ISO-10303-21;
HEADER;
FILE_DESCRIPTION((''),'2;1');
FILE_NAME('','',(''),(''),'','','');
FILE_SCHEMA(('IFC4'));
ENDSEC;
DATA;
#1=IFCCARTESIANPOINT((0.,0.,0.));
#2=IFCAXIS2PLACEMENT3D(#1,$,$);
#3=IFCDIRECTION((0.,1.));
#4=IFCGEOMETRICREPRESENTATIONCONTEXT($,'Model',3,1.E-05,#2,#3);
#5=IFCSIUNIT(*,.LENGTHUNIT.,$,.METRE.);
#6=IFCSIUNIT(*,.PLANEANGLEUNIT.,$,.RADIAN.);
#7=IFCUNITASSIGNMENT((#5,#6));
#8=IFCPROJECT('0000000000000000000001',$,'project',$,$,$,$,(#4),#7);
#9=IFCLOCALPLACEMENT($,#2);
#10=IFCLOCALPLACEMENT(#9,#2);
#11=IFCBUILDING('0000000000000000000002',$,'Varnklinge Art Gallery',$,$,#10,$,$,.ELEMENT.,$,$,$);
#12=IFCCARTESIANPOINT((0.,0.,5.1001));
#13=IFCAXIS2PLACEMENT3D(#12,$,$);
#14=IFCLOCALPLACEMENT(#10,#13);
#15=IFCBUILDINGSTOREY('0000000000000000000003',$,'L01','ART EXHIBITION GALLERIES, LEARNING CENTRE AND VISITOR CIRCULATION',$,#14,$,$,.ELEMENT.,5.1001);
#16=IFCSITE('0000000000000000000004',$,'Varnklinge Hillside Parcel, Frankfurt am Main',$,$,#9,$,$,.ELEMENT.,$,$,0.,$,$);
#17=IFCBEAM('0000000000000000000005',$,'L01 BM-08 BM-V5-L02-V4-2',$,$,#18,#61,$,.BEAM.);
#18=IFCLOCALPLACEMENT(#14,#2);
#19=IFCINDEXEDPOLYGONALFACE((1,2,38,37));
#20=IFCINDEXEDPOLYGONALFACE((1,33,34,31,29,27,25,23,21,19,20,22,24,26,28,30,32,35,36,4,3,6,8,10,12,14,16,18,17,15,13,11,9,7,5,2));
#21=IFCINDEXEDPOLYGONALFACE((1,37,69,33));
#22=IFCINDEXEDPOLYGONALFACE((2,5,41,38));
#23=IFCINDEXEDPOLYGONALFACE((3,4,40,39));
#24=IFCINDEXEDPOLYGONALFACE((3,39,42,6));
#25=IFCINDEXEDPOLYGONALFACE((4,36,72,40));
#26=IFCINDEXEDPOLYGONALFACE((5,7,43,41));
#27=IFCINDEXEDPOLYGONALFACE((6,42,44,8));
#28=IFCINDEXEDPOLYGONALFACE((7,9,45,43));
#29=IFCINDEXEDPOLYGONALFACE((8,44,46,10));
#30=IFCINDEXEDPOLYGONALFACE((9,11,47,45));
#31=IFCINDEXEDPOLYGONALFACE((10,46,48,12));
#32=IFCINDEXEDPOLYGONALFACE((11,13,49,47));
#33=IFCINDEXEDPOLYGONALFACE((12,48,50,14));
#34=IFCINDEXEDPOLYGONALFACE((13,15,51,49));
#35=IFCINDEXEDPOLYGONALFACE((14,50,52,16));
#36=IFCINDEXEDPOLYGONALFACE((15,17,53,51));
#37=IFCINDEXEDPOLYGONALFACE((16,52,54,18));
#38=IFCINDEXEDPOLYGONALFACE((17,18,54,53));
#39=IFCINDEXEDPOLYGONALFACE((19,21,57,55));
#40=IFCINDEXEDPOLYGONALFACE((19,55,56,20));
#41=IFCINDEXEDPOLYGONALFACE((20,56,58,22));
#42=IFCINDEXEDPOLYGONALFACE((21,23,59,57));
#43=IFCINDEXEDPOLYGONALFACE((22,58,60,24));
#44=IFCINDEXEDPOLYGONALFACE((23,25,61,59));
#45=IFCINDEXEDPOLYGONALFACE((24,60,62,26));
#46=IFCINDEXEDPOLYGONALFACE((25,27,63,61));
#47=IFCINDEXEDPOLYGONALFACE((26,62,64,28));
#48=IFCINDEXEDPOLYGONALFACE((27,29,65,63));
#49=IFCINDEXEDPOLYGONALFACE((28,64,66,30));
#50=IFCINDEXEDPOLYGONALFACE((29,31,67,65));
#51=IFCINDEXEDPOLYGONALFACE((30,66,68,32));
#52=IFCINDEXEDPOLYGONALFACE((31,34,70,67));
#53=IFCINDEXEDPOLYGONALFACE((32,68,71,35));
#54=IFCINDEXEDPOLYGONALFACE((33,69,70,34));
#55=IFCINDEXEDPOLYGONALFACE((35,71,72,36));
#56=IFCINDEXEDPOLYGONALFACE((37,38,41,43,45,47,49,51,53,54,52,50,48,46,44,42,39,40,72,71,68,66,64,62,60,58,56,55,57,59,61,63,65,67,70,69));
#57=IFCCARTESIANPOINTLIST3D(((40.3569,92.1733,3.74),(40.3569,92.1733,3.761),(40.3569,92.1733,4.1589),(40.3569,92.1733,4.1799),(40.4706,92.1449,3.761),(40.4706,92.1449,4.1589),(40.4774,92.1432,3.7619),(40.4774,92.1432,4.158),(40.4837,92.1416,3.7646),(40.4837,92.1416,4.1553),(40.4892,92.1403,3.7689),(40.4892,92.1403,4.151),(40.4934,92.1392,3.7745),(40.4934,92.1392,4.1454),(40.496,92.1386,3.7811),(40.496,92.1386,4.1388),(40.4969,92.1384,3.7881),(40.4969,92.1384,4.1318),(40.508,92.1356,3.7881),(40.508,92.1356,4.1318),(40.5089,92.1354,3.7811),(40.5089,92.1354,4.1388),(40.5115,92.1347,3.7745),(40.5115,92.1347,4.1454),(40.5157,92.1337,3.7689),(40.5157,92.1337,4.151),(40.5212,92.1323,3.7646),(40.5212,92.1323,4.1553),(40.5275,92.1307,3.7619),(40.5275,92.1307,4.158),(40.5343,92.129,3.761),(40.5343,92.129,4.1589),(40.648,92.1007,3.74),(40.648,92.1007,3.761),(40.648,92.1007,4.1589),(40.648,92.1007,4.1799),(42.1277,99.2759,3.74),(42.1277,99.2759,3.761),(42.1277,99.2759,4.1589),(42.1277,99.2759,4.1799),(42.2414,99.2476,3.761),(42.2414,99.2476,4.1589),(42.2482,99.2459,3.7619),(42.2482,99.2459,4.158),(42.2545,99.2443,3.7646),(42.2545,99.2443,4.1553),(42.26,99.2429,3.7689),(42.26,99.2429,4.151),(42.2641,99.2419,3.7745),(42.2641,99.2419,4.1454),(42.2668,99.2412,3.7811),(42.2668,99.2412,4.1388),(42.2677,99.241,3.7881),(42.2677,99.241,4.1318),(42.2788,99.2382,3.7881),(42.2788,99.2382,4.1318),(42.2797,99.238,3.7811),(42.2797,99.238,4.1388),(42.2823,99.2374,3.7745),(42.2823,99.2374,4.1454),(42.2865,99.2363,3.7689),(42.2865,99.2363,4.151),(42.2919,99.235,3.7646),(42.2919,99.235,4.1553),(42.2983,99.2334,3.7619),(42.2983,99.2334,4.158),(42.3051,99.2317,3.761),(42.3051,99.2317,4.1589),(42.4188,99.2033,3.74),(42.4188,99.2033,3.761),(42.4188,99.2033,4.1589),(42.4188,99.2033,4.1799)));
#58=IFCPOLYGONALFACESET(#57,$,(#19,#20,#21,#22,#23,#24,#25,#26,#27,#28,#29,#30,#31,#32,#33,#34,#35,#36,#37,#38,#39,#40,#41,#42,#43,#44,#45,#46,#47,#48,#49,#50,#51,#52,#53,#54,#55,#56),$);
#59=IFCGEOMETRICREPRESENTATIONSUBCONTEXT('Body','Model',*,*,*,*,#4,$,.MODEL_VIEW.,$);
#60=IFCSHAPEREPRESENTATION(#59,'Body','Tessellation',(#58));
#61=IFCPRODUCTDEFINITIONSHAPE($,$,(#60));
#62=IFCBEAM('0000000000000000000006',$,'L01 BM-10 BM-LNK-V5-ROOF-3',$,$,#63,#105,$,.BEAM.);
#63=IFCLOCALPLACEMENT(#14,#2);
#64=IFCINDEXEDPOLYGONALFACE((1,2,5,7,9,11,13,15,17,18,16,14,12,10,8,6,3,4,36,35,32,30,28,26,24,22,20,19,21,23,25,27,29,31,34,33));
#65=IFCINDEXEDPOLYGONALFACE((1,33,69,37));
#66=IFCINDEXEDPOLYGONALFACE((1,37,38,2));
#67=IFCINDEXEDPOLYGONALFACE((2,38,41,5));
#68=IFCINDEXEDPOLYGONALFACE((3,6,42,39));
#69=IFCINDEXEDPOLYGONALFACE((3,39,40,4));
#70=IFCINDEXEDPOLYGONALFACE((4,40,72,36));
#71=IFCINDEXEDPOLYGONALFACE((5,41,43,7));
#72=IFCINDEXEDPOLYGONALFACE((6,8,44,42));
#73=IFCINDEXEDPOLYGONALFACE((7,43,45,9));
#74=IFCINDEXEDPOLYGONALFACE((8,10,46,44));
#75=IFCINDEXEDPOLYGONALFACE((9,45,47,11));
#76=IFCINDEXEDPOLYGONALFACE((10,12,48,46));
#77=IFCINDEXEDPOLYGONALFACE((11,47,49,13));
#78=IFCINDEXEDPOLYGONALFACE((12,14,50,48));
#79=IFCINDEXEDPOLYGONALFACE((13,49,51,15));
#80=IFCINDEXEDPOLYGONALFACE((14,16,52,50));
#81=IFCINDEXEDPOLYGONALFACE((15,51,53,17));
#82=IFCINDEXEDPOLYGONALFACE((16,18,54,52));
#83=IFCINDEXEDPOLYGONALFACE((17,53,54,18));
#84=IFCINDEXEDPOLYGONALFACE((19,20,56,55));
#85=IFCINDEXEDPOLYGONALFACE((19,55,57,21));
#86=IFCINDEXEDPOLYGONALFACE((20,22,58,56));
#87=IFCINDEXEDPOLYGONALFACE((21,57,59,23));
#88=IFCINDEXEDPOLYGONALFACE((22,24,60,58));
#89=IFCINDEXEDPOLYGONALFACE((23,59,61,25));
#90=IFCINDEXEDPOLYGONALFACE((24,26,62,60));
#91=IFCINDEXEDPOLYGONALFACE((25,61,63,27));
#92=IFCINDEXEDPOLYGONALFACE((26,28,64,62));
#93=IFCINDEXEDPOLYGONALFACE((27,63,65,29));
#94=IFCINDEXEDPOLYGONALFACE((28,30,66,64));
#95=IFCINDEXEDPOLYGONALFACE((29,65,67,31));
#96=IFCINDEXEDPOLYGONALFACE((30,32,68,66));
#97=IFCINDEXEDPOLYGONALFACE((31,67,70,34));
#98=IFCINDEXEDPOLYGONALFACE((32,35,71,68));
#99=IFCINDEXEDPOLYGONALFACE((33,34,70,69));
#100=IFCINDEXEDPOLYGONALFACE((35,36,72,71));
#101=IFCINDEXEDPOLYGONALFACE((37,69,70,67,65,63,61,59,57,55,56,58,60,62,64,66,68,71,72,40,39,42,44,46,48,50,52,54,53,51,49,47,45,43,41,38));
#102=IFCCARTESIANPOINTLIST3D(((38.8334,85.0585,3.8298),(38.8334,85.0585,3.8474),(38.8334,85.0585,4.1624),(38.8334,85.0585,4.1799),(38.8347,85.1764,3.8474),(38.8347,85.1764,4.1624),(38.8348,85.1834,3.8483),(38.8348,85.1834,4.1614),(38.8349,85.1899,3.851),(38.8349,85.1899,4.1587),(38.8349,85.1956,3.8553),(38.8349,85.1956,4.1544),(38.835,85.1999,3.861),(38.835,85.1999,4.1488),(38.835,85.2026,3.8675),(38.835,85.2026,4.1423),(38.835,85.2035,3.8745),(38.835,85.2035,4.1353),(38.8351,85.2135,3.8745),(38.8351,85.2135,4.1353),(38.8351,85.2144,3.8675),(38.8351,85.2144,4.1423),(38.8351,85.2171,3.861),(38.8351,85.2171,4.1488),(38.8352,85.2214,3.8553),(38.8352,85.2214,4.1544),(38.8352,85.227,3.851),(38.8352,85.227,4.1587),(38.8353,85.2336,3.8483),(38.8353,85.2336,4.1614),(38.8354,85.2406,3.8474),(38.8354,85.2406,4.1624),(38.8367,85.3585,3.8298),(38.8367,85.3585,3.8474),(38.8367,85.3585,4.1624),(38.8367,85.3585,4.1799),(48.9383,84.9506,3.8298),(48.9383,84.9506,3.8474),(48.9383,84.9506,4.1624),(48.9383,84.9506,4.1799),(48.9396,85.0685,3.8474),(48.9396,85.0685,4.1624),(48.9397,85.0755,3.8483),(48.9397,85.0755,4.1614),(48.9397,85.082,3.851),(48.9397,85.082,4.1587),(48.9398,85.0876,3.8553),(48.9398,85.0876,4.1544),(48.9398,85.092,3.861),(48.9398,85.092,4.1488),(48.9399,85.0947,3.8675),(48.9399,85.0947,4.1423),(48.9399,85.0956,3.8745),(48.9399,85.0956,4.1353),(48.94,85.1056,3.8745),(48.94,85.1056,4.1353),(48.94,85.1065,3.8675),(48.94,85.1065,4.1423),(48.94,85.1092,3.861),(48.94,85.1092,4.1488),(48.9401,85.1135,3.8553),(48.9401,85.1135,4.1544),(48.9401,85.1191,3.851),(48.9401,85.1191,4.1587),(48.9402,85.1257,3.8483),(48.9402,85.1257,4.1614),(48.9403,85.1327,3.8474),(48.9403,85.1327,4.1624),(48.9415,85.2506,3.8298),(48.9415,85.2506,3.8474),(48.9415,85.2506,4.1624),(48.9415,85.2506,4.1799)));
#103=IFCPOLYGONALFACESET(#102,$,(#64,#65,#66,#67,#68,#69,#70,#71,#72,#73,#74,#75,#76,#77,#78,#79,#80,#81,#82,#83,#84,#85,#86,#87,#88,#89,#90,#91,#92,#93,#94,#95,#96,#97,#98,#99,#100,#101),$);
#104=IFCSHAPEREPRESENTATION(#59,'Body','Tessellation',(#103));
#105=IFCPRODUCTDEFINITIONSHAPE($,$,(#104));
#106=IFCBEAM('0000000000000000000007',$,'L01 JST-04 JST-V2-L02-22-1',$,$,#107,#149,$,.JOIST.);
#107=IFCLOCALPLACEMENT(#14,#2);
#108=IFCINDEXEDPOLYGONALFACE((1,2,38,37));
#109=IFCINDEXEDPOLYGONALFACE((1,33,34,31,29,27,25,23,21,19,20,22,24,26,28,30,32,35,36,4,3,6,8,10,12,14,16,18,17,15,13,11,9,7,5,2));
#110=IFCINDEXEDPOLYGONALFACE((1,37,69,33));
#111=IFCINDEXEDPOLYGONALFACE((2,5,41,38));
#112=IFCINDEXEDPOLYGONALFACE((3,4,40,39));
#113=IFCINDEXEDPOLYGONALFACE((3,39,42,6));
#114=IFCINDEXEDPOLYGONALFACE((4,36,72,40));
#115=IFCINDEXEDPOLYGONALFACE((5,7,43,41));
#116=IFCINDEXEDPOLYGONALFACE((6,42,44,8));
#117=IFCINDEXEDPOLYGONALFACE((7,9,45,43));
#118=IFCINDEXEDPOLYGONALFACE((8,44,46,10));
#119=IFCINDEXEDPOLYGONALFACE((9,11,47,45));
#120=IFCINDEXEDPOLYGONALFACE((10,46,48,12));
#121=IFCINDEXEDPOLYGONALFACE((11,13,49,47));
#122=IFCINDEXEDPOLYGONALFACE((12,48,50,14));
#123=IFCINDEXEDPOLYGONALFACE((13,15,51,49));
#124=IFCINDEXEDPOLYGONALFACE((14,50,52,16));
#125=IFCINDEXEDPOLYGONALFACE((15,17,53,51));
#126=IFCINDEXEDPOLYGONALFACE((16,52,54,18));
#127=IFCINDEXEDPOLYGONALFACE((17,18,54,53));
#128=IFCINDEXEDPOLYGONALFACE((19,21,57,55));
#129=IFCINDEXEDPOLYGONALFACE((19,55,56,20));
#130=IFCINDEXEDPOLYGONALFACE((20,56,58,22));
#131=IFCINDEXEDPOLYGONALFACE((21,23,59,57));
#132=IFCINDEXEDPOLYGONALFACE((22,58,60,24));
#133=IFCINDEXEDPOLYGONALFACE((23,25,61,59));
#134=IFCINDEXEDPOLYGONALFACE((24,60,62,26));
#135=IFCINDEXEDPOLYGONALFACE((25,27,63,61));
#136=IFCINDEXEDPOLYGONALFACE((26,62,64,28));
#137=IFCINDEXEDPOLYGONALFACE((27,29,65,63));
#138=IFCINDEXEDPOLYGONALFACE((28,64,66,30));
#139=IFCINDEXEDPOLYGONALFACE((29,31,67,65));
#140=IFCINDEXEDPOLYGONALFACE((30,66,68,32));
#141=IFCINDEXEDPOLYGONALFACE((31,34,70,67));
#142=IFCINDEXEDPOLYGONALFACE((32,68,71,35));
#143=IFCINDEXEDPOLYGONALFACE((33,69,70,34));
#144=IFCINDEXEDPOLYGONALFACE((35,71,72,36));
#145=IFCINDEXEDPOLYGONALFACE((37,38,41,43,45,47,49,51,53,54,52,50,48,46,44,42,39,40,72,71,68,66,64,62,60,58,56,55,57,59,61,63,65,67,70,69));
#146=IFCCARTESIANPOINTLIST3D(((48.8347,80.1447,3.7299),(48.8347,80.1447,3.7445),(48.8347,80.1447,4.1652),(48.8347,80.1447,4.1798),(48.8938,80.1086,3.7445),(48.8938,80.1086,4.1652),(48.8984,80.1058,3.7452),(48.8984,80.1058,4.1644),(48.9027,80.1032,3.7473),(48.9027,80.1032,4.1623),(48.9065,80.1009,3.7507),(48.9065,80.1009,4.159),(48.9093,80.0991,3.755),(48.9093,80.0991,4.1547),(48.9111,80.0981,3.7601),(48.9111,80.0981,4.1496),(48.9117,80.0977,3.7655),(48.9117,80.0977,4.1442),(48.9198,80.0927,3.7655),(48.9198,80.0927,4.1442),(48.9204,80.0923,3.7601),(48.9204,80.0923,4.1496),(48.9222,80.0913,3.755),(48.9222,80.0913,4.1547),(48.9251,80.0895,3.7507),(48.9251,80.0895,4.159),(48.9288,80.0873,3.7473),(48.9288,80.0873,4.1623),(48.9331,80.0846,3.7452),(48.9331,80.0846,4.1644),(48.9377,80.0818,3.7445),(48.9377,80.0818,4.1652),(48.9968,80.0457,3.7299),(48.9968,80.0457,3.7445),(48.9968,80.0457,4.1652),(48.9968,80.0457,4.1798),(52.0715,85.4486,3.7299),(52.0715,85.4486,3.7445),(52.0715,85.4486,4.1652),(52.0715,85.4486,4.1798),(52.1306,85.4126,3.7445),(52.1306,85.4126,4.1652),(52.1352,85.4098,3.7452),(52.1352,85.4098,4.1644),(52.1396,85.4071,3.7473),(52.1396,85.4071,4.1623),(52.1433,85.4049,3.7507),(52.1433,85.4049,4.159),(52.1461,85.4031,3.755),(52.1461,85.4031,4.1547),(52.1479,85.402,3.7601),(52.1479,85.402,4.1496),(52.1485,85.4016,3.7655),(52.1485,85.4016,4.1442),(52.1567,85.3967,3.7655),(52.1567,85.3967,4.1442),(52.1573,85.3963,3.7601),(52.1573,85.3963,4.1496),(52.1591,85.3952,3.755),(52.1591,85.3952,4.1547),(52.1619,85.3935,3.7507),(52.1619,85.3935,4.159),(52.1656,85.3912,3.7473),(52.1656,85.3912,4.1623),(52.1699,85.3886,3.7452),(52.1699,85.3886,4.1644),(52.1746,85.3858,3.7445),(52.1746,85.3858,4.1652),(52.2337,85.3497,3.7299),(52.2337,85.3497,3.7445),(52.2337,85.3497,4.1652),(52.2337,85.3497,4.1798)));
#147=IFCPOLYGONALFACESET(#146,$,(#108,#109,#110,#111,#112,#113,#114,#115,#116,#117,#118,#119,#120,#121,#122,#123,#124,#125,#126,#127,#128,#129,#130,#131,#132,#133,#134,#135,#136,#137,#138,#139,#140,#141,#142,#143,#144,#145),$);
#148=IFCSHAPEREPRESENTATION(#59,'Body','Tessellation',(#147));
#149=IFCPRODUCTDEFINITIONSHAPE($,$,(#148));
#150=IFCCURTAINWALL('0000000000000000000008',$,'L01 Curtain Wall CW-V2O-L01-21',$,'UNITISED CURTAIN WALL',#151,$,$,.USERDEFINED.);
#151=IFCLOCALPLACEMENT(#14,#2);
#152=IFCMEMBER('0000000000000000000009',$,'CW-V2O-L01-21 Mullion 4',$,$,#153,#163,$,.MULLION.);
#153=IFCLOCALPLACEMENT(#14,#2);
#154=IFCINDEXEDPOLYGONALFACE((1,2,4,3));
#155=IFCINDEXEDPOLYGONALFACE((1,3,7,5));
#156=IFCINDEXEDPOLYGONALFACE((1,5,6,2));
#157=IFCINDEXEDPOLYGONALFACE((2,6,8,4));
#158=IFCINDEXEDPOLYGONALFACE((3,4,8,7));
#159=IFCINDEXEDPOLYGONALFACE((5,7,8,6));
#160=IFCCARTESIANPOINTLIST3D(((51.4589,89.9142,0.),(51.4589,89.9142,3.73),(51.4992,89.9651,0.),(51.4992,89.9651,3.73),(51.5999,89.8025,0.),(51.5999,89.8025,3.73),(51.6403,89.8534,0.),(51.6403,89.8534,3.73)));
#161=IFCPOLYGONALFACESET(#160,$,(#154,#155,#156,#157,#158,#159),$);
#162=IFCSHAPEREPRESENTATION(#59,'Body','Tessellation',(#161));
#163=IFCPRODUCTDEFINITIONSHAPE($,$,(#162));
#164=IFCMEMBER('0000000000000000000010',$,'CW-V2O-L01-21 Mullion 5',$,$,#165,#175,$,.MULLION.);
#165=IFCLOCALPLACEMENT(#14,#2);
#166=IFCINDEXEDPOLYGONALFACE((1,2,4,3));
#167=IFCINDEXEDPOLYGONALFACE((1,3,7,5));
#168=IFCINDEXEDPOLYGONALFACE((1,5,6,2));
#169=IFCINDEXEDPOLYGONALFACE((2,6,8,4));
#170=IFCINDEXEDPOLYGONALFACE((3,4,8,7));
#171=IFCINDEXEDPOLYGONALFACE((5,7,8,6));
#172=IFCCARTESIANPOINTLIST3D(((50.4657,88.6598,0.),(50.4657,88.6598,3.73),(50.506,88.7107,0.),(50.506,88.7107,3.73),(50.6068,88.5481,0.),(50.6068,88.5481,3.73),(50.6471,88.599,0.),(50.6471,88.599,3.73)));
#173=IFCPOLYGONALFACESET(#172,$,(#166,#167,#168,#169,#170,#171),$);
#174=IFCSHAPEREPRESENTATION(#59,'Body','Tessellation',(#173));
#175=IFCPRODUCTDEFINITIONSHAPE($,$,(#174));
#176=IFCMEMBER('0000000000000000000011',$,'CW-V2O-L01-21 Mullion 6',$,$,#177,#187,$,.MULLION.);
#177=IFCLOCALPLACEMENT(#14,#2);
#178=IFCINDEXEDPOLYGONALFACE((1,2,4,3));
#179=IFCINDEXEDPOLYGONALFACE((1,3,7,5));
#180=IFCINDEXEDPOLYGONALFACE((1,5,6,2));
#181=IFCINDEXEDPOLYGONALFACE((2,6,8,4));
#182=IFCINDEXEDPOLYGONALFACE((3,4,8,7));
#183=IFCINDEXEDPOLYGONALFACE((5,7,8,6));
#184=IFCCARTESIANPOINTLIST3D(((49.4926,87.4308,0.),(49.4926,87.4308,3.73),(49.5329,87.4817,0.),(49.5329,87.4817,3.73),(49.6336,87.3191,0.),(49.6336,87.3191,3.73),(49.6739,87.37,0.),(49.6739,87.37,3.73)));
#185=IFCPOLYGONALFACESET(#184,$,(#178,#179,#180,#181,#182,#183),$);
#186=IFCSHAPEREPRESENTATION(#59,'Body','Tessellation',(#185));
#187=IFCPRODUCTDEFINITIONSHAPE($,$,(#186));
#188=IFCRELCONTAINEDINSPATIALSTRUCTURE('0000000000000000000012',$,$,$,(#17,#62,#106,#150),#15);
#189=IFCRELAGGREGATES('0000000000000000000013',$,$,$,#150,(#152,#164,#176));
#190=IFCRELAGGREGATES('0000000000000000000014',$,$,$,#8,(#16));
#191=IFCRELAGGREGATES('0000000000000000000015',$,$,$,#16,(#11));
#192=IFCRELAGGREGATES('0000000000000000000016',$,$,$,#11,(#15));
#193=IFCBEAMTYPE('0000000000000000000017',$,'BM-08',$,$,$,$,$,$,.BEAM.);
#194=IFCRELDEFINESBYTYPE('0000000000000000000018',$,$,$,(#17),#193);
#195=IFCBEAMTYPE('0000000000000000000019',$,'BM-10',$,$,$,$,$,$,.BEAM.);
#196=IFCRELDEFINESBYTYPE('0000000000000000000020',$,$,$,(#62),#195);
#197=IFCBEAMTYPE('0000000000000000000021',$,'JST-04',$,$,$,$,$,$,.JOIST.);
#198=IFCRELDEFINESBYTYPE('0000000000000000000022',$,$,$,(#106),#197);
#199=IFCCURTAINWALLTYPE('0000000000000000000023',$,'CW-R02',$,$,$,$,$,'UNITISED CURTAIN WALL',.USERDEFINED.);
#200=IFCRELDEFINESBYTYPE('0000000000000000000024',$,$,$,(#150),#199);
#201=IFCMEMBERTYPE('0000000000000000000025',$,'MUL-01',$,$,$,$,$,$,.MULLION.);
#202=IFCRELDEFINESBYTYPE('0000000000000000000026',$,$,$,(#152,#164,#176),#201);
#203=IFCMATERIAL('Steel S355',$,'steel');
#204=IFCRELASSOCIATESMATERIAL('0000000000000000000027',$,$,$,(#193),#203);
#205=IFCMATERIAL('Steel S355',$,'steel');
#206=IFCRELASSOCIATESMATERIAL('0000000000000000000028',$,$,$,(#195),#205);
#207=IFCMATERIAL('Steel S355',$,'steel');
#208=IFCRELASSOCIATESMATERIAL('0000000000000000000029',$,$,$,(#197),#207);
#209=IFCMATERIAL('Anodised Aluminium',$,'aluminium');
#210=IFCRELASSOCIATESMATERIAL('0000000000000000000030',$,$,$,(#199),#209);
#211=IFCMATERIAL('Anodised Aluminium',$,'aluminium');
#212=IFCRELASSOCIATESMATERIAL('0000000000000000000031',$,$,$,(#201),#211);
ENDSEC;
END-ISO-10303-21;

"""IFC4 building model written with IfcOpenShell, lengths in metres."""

from ifc_helpers import new_model, si_unit, direction, frame, origin, origin_2d, place, context, subcontext, project, spatial, rectangle, i_section, extrude, material, material_profile, profile_set, type_object, element, aggregate, save


model = new_model("IFC4")

# Units and contexts
model_context = context("Model", 3, precision=1e-05, world=origin(), true_north=direction((0.0, 1.0)))
body_context = subcontext(model_context, "Body", "Model", "MODEL_VIEW")
ifc_project = project(units=[si_unit("LENGTHUNIT", "METRE"), si_unit("PLANEANGLEUNIT", "RADIAN")], contexts=[model_context])

# Site, building, storey
site_placement = place(None, origin())
site = spatial("IfcSite", under=ifc_project, at=site_placement, Name="Varnklinge Hillside Parcel, Frankfurt am Main", CompositionType="ELEMENT", RefElevation=0.0)
building_placement = place(site_placement, origin())
building = spatial("IfcBuilding", under=site, at=building_placement, Name="Varnklinge Art Gallery", CompositionType="ELEMENT")
storey_placement = place(building_placement, frame((0.0, 0.0, 5.1001)))
storey = spatial("IfcBuildingStorey", under=building, at=storey_placement, Name="L01", Description="ART EXHIBITION GALLERIES, LEARNING CENTRE AND VISITOR CIRCULATION", CompositionType="ELEMENT", Elevation=5.1001)

# Beams
ifc_material_1 = material(Name="Steel S355", Category="steel")
ifc_material_profile_1 = material_profile(ifc_material_1, i_section(OverallWidth=0.3, OverallDepth=0.4399, WebThickness=0.0115, FlangeThickness=0.021, FilletRadius=0.0271, at=origin_2d()), Name="HEA 450")
ifc_profile_set_1 = profile_set([ifc_material_profile_1], Name="Steel S355")
beam_type_1 = type_object("IfcBeamType", Name="BM-08", PredefinedType="BEAM", material=ifc_profile_set_1)
beam_1_placement = place(storey_placement, frame((40.5024, 92.137, 3.96), z_axis=(0.241908, 0.970299, 0.0), x_axis=(-0.970299, 0.241908, 0.0)))
element("IfcBeam", 1, at=beam_1_placement, inside=storey, type_object=beam_type_1, Name="L01 BM-08 BM-V5-L02-V4-2", PredefinedType="BEAM", context=body_context, shape_type="SweptSolid", body=[
    extrude(i_section(OverallWidth=0.3, OverallDepth=0.4399, WebThickness=0.0115, FlangeThickness=0.021, FilletRadius=0.0271, at=origin_2d()), origin(), (0.0, 0.0, 1.0), 7.3201),
])
ifc_material_2 = material(Name="Steel S355", Category="steel")
ifc_material_profile_2 = material_profile(ifc_material_2, i_section(OverallWidth=0.3, OverallDepth=0.3501, WebThickness=0.01, FlangeThickness=0.0176, FilletRadius=0.0271, at=origin_2d()), Name="HEA 360")
ifc_profile_set_2 = profile_set([ifc_material_profile_2], Name="Steel S355")
beam_type_2 = type_object("IfcBeamType", Name="BM-10", PredefinedType="BEAM", material=ifc_profile_set_2)
beam_2_placement = place(storey_placement, frame((48.9399, 85.1006, 4.0049), z_axis=(-0.999943, 0.010678, 0.0), x_axis=(-0.010678, -0.999943, 0.0)))
element("IfcBeam", 2, at=beam_2_placement, inside=storey, type_object=beam_type_2, Name="L01 BM-10 BM-LNK-V5-ROOF-3", PredefinedType="BEAM", context=body_context, shape_type="SweptSolid", body=[
    extrude(i_section(OverallWidth=0.3, OverallDepth=0.3501, WebThickness=0.01, FlangeThickness=0.0176, FilletRadius=0.0271, at=origin_2d()), origin(), (0.0, 0.0, 1.0), 10.1055),
])
ifc_material_3 = material(Name="Steel S355", Category="steel")
ifc_material_profile_3 = material_profile(ifc_material_3, i_section(OverallWidth=0.1899, OverallDepth=0.45, WebThickness=0.0095, FlangeThickness=0.0146, FilletRadius=0.021, at=origin_2d()), Name="IPE 450")
ifc_profile_set_3 = profile_set([ifc_material_profile_3], Name="Steel S355")
beam_type_3 = type_object("IfcBeamType", Name="JST-04", PredefinedType="JOIST", material=ifc_profile_set_3)
beam_3_placement = place(storey_placement, frame((52.1526, 85.3992, 3.9548), z_axis=(-0.520924, -0.853603, 0.0), x_axis=(0.853603, -0.520924, 0.0)))
element("IfcBeam", 3, at=beam_3_placement, inside=storey, type_object=beam_type_3, Name="L01 JST-04 JST-V2-L02-22-1", PredefinedType="JOIST", context=body_context, shape_type="SweptSolid", body=[
    extrude(i_section(OverallWidth=0.1899, OverallDepth=0.45, WebThickness=0.0095, FlangeThickness=0.0146, FilletRadius=0.021, at=origin_2d()), origin(), (0.0, 0.0, 1.0), 6.2136),
])

# Curtain wall, members
ifc_material_4 = material(Name="Anodised Aluminium", Category="aluminium")
curtain_wall_type = type_object("IfcCurtainWallType", Name="CW-R02", ElementType="UNITISED CURTAIN WALL", PredefinedType="USERDEFINED", material=ifc_material_4)
curtain_wall_placement = place(storey_placement, origin())
curtain_wall = element("IfcCurtainWall", 4, at=curtain_wall_placement, inside=storey, type_object=curtain_wall_type, Name="L01 Curtain Wall CW-V2O-L01-21", ObjectType="UNITISED CURTAIN WALL", PredefinedType="USERDEFINED")
ifc_material_5 = material(Name="Anodised Aluminium", Category="aluminium")
ifc_material_profile_4 = material_profile(ifc_material_5, rectangle(XDim=0.0649, YDim=0.1799, at=origin_2d()), Name="ALU 65x180")
ifc_profile_set_4 = profile_set([ifc_material_profile_4], Name="Anodised Aluminium")
member_type = type_object("IfcMemberType", Name="MUL-01", PredefinedType="MULLION", material=ifc_profile_set_4)
member_1_placement = place(storey_placement, frame((51.5496, 89.8838, 0.0), z_axis=(0.0, 0.0, 1.0), x_axis=(-0.620737, -0.784019, 0.0)))
member_1 = element("IfcMember", 5, at=member_1_placement, type_object=member_type, Name="CW-V2O-L01-21 Mullion 4", PredefinedType="MULLION", context=body_context, shape_type="SweptSolid", body=[
    extrude(rectangle(XDim=0.0649, YDim=0.1799, at=origin_2d()), origin(), (0.0, 0.0, 1.0), 3.73),
])
member_2_placement = place(storey_placement, frame((50.5564, 88.6294, 0.0), z_axis=(0.0, 0.0, 1.0), x_axis=(-0.620737, -0.784019, 0.0)))
member_2 = element("IfcMember", 6, at=member_2_placement, type_object=member_type, Name="CW-V2O-L01-21 Mullion 5", PredefinedType="MULLION", context=body_context, shape_type="SweptSolid", body=[
    extrude(rectangle(XDim=0.0649, YDim=0.1799, at=origin_2d()), origin(), (0.0, 0.0, 1.0), 3.73),
])
member_3_placement = place(storey_placement, frame((49.5833, 87.4004, 0.0), z_axis=(0.0, 0.0, 1.0), x_axis=(-0.620737, -0.784019, 0.0)))
member_3 = element("IfcMember", 7, at=member_3_placement, type_object=member_type, Name="CW-V2O-L01-21 Mullion 6", PredefinedType="MULLION", context=body_context, shape_type="SweptSolid", body=[
    extrude(rectangle(XDim=0.0649, YDim=0.1799, at=origin_2d()), origin(), (0.0, 0.0, 1.0), 3.73),
])

aggregate(curtain_wall, [member_1, member_2, member_3])

save(model, "model.ifc")
